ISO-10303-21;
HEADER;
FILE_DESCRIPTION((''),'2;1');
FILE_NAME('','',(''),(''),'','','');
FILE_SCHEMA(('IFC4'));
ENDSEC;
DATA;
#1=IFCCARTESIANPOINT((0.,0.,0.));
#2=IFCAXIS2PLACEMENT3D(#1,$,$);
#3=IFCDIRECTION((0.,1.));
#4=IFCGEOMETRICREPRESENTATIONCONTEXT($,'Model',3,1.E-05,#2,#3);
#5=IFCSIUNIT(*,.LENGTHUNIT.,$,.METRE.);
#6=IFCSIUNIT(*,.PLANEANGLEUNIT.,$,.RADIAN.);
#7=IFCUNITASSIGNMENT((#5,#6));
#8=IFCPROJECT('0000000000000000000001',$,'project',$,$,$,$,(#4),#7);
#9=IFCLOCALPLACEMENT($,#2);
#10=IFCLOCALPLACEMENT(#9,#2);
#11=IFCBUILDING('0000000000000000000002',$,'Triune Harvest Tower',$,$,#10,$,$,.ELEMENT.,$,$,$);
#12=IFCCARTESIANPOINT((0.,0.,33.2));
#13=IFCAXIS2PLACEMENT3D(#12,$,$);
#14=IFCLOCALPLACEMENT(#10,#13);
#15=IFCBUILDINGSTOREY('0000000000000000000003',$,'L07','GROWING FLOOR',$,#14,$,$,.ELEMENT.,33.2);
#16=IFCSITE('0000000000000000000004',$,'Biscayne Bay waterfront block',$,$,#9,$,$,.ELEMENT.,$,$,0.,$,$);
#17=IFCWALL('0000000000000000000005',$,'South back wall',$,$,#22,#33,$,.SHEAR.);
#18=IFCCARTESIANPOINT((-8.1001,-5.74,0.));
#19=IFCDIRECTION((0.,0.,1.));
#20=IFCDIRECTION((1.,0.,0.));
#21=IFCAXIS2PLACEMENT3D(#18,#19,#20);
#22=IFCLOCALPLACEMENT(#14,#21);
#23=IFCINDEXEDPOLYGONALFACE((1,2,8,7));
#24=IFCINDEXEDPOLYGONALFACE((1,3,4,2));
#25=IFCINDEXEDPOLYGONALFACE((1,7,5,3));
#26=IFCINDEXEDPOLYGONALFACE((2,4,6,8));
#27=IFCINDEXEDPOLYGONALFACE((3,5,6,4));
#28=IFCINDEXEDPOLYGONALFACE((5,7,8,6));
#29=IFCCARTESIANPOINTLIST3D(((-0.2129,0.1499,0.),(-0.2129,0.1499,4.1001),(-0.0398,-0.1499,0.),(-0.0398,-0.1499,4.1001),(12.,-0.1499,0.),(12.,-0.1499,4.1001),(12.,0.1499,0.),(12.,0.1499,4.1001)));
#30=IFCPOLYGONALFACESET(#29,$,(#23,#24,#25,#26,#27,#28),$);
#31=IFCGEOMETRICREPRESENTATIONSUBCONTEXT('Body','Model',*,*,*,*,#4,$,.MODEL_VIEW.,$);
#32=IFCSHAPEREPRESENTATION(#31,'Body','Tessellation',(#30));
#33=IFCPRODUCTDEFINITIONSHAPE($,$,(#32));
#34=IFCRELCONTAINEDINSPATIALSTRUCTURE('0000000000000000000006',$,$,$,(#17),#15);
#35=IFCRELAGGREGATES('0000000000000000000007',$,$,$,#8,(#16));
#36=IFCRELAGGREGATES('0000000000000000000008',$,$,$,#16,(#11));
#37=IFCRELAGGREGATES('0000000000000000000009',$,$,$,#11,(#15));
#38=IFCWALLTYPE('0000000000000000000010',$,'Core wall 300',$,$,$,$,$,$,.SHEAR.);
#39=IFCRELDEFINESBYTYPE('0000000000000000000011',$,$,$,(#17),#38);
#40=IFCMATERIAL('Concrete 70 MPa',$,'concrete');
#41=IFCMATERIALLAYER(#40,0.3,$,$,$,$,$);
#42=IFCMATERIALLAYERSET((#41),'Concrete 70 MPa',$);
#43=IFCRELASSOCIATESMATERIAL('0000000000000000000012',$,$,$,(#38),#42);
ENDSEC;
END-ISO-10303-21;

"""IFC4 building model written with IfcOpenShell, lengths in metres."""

from ifc_helpers import new_model, si_unit, direction, frame, origin, place, context, subcontext, project, spatial, polyline, outline, extrude, source, transform, mapped, material, layer, layer_set, type_object, element, save


model = new_model("IFC4")

# Units and contexts
model_context = context("Model", 3, precision=1e-05, world=origin(), true_north=direction((0.0, 1.0)))
body_context = subcontext(model_context, "Body", "Model", "MODEL_VIEW")
ifc_project = project(units=[si_unit("LENGTHUNIT", "METRE"), si_unit("PLANEANGLEUNIT", "RADIAN")], contexts=[model_context])

# Site, building, storey
site_placement = place(None, origin())
site = spatial("IfcSite", under=ifc_project, at=site_placement, Name="Biscayne Bay waterfront block", CompositionType="ELEMENT", RefElevation=0.0)
building_placement = place(site_placement, origin())
building = spatial("IfcBuilding", under=site, at=building_placement, Name="Triune Harvest Tower", CompositionType="ELEMENT")
storey_placement = place(building_placement, frame((0.0, 0.0, 33.2)))
storey = spatial("IfcBuildingStorey", under=building, at=storey_placement, Name="L07", Description="GROWING FLOOR", CompositionType="ELEMENT", Elevation=33.2)

# Shared definitions
ifc_material_1 = material(Name="Concrete 70 MPa", Category="concrete")
ifc_layer_1 = layer(ifc_material_1, 0.3)
ifc_layer_set_1 = layer_set([ifc_layer_1], Name="Concrete 70 MPa")
wall_type_1 = type_object("IfcWallType", Name="Core wall 300", PredefinedType="SHEAR", material=ifc_layer_set_1)

# Wall
shared_shape_1 = source(origin(), body_context, "Body", "SweptSolid", [
    extrude(outline(polyline([(12.0, -0.1499), (-0.0398, -0.1499), (-0.2129, 0.1499), (12.0, 0.1499), (12.0, -0.1499)])), origin(), (0.0, 0.0, 1.0), 4.1001),
])
wall_1_placement = place(storey_placement, frame((-8.1001, -5.74, 0.0), z_axis=(0.0, 0.0, 1.0), x_axis=(1.0, 0.0, 0.0)))
element("IfcWall", 1, at=wall_1_placement, inside=storey, type_object=wall_type_1, Name="South back wall", PredefinedType="SHEAR", context=body_context, shape_type="MappedRepresentation", body=[
    mapped(shared_shape_1, transform((0.0, 0.0, 0.0), scale=1.0)),
])

save(model, "model.ifc")
